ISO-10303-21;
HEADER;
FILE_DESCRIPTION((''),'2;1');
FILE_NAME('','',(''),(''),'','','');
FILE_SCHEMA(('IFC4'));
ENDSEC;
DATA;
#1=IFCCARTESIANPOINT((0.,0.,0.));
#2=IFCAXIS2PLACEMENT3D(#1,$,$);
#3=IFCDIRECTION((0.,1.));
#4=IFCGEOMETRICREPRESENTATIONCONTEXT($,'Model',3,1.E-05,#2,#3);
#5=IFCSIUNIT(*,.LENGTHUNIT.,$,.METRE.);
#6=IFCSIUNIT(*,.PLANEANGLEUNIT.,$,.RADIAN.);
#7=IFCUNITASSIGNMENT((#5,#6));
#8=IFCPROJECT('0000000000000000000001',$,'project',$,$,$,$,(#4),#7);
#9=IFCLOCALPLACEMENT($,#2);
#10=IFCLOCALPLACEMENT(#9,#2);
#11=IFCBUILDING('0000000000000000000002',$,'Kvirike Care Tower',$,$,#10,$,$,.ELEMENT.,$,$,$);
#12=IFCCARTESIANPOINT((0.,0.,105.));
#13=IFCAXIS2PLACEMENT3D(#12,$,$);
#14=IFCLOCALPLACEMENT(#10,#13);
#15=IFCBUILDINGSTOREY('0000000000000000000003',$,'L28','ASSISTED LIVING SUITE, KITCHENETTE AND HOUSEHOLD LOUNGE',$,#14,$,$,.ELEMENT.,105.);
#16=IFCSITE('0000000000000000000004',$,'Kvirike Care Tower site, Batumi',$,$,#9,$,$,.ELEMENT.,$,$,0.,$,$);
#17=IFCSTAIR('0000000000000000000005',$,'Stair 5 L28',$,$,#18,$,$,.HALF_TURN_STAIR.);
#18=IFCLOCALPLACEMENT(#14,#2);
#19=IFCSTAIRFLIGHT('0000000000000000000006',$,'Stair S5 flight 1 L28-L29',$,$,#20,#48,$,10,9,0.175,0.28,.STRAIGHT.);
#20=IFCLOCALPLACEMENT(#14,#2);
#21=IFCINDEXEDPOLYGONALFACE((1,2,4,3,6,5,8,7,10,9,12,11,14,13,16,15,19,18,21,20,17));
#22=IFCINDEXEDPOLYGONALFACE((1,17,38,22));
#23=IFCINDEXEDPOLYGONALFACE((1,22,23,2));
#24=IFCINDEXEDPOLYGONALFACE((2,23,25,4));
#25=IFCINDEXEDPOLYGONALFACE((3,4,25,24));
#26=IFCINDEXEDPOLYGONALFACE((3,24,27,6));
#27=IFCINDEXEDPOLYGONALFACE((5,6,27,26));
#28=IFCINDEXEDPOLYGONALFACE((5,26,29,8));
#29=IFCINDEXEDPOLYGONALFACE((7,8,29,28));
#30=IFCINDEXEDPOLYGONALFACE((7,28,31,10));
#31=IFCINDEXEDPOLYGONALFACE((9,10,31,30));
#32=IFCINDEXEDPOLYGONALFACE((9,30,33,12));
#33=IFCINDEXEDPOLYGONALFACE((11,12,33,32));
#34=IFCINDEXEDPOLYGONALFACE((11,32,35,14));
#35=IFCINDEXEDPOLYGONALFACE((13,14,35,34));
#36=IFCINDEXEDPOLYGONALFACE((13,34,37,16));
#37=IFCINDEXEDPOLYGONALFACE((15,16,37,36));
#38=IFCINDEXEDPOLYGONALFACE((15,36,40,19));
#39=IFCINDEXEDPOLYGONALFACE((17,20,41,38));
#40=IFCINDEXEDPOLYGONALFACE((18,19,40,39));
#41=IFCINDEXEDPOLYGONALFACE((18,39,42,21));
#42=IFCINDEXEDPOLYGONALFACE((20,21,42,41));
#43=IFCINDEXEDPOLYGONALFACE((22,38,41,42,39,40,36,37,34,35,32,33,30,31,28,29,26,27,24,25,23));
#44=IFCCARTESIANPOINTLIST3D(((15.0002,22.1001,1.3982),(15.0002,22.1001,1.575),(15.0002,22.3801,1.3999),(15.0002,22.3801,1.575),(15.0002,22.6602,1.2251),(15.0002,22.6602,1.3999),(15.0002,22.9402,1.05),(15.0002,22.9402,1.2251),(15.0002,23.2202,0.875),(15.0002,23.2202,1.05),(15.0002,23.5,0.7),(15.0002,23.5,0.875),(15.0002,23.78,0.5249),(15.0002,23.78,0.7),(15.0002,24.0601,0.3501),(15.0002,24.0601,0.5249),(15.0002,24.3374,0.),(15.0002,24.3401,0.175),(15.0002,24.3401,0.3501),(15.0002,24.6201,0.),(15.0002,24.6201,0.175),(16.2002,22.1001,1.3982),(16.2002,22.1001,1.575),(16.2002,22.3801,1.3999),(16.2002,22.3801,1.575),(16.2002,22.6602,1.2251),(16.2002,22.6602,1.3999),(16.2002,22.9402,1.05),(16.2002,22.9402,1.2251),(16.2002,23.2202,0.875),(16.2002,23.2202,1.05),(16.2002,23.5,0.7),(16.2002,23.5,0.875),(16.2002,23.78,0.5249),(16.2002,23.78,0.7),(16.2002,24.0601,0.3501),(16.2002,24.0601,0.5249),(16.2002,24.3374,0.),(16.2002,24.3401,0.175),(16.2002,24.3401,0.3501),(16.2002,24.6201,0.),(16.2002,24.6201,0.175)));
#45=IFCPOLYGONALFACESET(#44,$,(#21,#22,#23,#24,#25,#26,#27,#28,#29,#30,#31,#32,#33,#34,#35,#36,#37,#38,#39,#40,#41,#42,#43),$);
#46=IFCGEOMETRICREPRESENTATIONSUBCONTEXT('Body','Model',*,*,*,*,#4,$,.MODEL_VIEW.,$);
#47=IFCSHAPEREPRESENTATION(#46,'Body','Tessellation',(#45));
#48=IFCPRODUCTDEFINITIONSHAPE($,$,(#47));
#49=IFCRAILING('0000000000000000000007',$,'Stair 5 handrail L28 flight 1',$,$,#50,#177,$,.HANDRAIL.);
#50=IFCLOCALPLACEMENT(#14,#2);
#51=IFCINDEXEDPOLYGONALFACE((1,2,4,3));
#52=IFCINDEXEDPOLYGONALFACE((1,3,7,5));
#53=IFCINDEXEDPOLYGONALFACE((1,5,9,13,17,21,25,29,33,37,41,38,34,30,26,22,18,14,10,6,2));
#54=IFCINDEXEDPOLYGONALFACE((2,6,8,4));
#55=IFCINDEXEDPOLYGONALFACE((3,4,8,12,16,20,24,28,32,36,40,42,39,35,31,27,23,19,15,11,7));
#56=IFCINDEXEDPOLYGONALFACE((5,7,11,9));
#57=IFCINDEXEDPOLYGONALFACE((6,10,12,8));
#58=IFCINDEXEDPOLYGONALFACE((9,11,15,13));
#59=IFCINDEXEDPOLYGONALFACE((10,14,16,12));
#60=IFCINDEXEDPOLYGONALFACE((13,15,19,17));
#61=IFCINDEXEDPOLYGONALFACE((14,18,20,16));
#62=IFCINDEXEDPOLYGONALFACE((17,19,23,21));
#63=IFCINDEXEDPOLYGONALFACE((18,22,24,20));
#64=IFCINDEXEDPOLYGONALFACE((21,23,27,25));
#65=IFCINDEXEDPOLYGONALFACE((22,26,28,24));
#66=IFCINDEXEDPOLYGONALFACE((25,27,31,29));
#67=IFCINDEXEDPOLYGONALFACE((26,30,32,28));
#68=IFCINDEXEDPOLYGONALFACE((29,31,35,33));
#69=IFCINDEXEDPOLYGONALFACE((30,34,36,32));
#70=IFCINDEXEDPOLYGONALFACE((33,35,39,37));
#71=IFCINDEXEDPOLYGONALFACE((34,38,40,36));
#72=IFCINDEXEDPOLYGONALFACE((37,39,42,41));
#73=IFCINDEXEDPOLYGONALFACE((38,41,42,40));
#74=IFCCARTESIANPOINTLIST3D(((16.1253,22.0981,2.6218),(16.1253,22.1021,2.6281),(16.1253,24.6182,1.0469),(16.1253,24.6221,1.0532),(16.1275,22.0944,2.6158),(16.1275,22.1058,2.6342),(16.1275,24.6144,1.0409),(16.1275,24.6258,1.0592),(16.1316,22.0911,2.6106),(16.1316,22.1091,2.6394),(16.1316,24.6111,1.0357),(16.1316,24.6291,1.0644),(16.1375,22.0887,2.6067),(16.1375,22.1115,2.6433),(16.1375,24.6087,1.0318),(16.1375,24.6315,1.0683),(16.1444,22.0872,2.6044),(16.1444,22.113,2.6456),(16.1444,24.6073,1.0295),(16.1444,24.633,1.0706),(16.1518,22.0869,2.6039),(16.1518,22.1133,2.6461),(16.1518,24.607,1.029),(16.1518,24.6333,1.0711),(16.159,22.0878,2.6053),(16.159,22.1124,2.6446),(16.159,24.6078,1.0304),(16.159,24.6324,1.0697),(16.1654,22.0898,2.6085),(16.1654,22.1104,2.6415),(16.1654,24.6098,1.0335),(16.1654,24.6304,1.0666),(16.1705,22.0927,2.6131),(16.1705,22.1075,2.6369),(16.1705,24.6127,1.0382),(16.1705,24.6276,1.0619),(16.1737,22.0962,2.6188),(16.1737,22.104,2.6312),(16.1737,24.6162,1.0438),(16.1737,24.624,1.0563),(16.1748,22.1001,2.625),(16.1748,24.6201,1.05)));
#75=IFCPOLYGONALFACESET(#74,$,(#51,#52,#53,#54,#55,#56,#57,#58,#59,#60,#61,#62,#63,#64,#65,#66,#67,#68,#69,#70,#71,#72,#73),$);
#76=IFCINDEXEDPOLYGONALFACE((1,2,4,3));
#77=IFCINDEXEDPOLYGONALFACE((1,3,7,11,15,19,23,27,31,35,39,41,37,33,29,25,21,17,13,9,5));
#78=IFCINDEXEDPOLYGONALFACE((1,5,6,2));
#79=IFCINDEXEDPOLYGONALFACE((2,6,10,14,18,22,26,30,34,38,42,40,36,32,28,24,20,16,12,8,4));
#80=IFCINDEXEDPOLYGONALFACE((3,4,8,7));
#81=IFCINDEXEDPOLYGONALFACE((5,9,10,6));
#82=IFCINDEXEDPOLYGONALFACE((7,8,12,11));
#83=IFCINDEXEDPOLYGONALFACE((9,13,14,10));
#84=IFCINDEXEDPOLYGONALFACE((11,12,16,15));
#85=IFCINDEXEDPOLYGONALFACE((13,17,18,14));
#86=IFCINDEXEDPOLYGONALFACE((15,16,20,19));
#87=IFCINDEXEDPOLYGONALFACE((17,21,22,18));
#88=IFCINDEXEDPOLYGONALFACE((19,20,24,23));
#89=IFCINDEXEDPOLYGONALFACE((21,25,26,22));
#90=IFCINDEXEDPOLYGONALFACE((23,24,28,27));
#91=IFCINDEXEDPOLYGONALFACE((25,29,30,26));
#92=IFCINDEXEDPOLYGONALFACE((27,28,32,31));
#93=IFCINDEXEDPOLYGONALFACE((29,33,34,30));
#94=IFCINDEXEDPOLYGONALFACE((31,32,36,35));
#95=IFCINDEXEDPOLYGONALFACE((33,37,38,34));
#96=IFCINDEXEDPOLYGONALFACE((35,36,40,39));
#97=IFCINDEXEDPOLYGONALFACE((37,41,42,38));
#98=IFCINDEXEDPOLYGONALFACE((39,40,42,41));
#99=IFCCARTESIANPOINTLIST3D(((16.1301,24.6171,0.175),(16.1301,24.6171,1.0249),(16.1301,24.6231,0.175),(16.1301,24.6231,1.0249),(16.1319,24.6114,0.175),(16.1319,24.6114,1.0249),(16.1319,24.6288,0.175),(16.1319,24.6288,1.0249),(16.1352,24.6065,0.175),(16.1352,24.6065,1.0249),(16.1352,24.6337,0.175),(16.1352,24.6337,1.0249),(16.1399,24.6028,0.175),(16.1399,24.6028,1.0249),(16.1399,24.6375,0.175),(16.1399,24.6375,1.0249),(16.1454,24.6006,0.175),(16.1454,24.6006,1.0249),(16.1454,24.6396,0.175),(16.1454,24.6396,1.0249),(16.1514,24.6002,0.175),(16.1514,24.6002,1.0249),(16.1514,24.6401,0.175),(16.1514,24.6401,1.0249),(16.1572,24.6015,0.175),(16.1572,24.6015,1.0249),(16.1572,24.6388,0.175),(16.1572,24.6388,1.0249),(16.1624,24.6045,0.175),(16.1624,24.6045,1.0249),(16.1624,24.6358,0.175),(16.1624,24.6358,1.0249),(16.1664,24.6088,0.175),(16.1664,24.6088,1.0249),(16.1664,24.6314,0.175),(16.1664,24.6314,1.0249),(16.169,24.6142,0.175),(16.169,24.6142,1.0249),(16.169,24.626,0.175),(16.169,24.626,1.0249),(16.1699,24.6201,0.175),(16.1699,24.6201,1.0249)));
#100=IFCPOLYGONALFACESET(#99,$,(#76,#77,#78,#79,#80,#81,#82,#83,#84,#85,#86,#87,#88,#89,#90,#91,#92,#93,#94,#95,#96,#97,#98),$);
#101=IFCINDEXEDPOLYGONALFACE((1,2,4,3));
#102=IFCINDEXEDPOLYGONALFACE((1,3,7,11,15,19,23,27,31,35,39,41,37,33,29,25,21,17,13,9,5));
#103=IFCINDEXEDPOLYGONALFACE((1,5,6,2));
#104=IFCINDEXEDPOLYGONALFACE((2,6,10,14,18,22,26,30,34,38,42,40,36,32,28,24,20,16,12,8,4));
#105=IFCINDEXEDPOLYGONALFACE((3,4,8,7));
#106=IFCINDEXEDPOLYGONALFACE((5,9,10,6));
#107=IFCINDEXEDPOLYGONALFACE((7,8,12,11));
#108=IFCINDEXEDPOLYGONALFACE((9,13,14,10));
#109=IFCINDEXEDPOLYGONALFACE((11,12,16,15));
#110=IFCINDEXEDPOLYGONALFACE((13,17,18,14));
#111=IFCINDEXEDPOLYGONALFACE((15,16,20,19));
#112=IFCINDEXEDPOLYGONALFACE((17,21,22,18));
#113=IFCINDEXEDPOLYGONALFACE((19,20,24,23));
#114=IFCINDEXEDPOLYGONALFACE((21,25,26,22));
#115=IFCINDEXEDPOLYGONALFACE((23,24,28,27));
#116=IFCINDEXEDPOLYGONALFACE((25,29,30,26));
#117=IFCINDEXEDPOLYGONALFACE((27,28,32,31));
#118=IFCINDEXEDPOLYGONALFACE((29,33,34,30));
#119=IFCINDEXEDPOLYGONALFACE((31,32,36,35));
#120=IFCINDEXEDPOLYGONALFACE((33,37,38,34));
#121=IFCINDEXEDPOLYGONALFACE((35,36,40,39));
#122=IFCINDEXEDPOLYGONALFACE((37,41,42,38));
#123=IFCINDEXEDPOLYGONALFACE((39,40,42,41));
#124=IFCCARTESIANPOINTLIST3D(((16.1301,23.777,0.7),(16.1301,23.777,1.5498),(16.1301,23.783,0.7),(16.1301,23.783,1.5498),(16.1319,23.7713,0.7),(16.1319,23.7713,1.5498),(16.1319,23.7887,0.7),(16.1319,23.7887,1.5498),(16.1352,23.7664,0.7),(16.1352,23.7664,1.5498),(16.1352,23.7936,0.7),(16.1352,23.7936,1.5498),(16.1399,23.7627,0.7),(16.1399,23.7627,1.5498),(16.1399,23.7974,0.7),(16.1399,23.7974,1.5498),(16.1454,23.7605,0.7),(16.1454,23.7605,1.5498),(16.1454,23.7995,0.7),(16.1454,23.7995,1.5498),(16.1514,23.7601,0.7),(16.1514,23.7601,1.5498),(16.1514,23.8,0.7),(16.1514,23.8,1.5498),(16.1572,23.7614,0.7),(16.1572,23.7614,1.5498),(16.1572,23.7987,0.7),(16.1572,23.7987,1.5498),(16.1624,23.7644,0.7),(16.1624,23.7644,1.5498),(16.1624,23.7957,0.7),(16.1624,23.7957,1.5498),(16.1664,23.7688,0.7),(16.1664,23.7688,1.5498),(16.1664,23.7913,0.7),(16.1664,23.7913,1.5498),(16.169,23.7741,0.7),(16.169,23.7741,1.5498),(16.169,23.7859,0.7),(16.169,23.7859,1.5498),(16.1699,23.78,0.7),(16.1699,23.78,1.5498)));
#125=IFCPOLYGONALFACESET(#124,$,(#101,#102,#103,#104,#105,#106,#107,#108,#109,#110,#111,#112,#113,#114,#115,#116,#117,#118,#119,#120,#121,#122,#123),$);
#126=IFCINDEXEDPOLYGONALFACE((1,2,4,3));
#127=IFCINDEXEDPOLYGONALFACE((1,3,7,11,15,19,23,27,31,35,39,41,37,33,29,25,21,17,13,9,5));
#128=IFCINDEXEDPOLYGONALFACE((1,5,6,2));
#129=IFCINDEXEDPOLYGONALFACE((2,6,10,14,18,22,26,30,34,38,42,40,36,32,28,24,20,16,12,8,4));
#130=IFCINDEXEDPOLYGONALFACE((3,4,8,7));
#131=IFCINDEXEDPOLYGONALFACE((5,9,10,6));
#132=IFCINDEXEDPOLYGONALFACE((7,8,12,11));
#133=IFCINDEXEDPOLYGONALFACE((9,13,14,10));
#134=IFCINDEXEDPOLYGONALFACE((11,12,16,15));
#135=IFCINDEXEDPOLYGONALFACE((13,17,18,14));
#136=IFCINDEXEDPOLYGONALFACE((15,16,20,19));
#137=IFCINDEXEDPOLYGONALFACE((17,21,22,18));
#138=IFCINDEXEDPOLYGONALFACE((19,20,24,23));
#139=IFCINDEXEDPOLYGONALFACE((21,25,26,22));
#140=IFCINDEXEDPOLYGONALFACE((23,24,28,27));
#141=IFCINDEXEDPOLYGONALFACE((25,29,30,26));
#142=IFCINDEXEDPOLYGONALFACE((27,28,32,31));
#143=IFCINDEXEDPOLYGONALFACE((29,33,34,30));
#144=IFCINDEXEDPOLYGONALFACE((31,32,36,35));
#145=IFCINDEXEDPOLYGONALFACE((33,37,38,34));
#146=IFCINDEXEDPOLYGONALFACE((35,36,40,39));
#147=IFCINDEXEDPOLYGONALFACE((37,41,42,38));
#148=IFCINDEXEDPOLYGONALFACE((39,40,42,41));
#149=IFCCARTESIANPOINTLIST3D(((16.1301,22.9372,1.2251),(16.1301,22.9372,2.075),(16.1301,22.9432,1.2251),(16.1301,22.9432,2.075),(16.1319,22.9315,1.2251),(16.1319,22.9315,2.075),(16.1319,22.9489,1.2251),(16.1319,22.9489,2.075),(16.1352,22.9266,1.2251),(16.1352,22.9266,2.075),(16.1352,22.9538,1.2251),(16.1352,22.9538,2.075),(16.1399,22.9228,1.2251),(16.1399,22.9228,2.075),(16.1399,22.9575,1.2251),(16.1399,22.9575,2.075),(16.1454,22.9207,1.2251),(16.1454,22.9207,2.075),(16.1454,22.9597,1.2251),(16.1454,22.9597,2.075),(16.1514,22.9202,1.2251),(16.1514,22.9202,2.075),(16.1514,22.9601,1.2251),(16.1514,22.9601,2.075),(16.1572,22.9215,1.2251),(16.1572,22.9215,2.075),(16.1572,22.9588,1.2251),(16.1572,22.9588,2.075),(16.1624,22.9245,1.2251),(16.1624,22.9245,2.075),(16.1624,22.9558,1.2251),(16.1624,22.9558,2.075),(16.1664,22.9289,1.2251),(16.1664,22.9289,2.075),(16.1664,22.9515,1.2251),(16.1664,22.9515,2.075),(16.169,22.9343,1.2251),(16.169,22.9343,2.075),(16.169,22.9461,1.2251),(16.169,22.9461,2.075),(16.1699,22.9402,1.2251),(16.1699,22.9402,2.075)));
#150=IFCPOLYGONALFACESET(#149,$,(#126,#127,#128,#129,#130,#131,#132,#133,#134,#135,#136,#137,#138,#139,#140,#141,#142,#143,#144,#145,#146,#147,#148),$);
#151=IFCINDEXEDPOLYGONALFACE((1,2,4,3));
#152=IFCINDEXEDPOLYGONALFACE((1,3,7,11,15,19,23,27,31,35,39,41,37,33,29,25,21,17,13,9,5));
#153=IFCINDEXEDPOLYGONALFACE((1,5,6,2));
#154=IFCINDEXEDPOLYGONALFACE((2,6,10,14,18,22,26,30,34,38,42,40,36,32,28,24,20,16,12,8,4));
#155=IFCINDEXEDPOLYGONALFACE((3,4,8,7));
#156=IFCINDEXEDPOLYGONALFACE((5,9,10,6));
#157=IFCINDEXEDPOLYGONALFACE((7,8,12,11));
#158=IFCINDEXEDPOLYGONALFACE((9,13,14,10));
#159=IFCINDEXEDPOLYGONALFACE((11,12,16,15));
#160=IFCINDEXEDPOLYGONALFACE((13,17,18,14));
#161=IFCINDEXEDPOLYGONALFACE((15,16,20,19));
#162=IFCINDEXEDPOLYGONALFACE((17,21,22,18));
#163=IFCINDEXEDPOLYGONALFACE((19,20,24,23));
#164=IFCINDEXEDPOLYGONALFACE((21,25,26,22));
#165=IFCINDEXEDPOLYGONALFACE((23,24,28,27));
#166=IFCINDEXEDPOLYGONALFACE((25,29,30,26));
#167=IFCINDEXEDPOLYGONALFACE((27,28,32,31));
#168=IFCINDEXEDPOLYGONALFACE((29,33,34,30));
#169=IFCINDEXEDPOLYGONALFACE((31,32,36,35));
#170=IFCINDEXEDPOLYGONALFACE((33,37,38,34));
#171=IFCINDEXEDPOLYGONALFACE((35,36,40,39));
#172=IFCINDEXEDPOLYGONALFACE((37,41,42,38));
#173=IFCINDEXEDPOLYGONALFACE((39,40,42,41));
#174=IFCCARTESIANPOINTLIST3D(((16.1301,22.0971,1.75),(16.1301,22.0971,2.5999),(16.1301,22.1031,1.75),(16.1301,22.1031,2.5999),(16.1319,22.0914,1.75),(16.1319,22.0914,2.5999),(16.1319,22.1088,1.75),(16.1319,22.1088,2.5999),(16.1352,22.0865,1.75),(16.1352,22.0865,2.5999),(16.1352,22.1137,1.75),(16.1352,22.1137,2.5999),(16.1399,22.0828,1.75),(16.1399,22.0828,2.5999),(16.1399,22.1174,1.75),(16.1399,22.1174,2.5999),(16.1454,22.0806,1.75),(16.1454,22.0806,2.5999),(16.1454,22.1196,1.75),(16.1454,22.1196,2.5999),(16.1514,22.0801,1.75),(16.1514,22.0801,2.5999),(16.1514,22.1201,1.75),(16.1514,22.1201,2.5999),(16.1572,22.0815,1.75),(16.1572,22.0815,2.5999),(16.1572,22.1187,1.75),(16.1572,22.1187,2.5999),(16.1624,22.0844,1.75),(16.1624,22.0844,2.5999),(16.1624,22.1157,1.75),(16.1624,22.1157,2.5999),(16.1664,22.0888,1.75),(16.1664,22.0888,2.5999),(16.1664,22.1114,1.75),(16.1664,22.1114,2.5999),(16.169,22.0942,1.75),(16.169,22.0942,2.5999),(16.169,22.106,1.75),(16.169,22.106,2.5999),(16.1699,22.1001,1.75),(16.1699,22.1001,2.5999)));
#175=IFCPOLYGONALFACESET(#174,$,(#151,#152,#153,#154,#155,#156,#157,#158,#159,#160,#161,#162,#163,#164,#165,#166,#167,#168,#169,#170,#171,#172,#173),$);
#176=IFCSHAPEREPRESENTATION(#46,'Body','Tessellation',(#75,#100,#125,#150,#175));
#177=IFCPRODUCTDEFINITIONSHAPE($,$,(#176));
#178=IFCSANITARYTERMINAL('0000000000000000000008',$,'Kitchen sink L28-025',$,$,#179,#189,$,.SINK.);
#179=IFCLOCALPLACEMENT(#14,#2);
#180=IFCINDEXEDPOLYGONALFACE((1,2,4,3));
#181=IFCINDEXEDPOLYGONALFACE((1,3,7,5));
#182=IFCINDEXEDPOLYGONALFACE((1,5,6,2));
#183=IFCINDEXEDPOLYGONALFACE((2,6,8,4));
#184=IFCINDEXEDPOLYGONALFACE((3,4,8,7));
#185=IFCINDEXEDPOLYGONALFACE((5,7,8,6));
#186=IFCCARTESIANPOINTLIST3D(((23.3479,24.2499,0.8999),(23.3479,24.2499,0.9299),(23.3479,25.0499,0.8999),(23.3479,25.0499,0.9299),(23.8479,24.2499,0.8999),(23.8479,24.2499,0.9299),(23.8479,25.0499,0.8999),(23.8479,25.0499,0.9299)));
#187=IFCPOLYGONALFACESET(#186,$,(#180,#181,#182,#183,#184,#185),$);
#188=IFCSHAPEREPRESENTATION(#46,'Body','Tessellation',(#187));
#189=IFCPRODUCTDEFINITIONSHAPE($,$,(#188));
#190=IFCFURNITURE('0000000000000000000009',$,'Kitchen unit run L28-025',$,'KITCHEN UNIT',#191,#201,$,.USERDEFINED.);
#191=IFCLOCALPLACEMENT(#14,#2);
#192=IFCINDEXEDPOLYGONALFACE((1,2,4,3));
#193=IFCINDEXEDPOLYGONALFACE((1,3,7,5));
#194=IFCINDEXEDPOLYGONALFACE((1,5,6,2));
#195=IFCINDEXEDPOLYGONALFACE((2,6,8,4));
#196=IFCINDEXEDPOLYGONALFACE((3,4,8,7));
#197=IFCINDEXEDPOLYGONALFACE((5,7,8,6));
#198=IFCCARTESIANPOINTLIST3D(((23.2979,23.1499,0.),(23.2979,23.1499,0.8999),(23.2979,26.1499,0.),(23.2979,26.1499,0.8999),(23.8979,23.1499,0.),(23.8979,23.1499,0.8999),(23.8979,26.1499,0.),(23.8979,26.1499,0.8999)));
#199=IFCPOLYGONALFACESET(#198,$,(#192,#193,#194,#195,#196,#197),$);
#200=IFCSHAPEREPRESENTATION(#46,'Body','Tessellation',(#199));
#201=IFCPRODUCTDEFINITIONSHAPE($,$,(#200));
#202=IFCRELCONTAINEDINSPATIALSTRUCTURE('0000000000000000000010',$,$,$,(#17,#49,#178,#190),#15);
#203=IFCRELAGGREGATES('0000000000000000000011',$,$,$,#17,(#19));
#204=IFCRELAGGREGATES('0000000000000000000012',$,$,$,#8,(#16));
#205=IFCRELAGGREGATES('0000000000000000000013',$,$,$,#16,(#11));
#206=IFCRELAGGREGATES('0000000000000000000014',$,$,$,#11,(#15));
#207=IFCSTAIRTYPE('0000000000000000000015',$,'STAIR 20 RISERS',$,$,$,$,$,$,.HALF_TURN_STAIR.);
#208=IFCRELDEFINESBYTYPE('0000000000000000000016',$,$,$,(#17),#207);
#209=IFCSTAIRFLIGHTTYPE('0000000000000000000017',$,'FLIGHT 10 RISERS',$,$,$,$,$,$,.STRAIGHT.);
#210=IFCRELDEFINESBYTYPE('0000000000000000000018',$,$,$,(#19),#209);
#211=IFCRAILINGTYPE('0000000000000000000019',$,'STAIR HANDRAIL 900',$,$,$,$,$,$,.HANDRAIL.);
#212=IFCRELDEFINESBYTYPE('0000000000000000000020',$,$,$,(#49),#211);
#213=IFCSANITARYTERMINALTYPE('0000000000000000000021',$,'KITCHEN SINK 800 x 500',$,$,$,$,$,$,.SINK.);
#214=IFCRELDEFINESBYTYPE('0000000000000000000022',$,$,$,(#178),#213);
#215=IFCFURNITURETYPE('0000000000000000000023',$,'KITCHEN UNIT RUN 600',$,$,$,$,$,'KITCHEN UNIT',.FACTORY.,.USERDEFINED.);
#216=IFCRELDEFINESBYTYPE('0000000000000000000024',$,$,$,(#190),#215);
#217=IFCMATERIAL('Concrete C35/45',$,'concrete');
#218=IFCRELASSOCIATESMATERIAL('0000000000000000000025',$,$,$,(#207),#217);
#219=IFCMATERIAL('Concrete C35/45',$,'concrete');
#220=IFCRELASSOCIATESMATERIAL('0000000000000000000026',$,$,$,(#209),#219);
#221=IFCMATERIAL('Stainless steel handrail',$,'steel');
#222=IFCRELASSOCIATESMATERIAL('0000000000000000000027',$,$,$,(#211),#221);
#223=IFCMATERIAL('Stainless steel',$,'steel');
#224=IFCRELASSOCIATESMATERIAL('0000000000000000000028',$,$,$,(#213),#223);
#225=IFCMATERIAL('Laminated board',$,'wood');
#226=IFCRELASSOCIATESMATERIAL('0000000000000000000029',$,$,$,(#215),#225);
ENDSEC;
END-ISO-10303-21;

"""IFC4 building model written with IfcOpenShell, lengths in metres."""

from ifc_helpers import new_model, si_unit, direction, frame, origin, origin_2d, place, context, subcontext, project, spatial, polyline, rectangle, circle, outline, extrude, material, type_object, element, aggregate, save


model = new_model("IFC4")

# Units and contexts
model_context = context("Model", 3, precision=1e-05, world=origin(), true_north=direction((0.0, 1.0)))
body_context = subcontext(model_context, "Body", "Model", "MODEL_VIEW")
ifc_project = project(units=[si_unit("LENGTHUNIT", "METRE"), si_unit("PLANEANGLEUNIT", "RADIAN")], contexts=[model_context])

# Site, building, storey
site_placement = place(None, origin())
site = spatial("IfcSite", under=ifc_project, at=site_placement, Name="Kvirike Care Tower site, Batumi", CompositionType="ELEMENT", RefElevation=0.0)
building_placement = place(site_placement, origin())
building = spatial("IfcBuilding", under=site, at=building_placement, Name="Kvirike Care Tower", CompositionType="ELEMENT")
storey_placement = place(building_placement, frame((0.0, 0.0, 105.0)))
storey = spatial("IfcBuildingStorey", under=building, at=storey_placement, Name="L28", Description="ASSISTED LIVING SUITE, KITCHENETTE AND HOUSEHOLD LOUNGE", CompositionType="ELEMENT", Elevation=105.0)

# Stair, stair flight
ifc_material_1 = material(Name="Concrete C35/45", Category="concrete")
stair_type = type_object("IfcStairType", Name="STAIR 20 RISERS", PredefinedType="HALF_TURN_STAIR", material=ifc_material_1)
stair_placement = place(storey_placement, origin())
stair = element("IfcStair", 1, at=stair_placement, inside=storey, type_object=stair_type, Name="Stair 5 L28", PredefinedType="HALF_TURN_STAIR")
ifc_material_2 = material(Name="Concrete C35/45", Category="concrete")
stair_flight_type = type_object("IfcStairFlightType", Name="FLIGHT 10 RISERS", PredefinedType="STRAIGHT", material=ifc_material_2)
stair_flight_placement = place(storey_placement, frame((15.6001, 24.6201, 0.0), z_axis=(0.0, 0.0, 1.0), x_axis=(0.0, -1.0, 0.0)))
stair_flight = element("IfcStairFlight", 2, at=stair_flight_placement, type_object=stair_flight_type, Name="Stair S5 flight 1 L28-L29", NumberOfRisers=10, NumberOfTreads=9, PredefinedType="STRAIGHT", RiserHeight=0.175, TreadLength=0.28, context=body_context, shape_type="SweptSolid", body=[
    extrude(outline(polyline([(0.0, 0.0), (0.0, 0.175), (0.28, 0.175), (0.28, 0.3501), (0.5601, 0.3501), (0.5601, 0.5249), (0.8401, 0.5249), (0.8401, 0.7), (1.1201, 0.7), (1.1201, 0.875), (1.3999, 0.875), (1.3999, 1.05), (1.6799, 1.05), (1.6799, 1.2251), (1.96, 1.2251), (1.96, 1.3999), (2.24, 1.3999), (2.24, 1.575), (2.52, 1.575), (2.52, 1.75), (2.52, 1.3982), (0.2827, 0.0), (0.0, 0.0)])), frame((0.0, 0.6001, 0.0), z_axis=(0.0, -1.0, 0.0), x_axis=(1.0, 0.0, 0.0)), (0.0, 0.0, 1.0), 1.2),
])
aggregate(stair, [stair_flight])

# Railing
ifc_material_3 = material(Name="Stainless steel handrail", Category="steel")
railing_type = type_object("IfcRailingType", Name="STAIR HANDRAIL 900", PredefinedType="HANDRAIL", material=ifc_material_3)
railing_placement = place(storey_placement, frame((16.1499, 24.6201, 0.175)))
element("IfcRailing", 3, at=railing_placement, inside=storey, type_object=railing_type, Name="Stair 5 handrail L28 flight 1", PredefinedType="HANDRAIL", context=body_context, shape_type="SweptSolid", body=[
    extrude(circle(Radius=0.0249, at=origin_2d()), frame((0.0, 0.0, 0.875), z_axis=(0.0, -0.848008, 0.529984), x_axis=(1.0, 0.0, 0.0)), (0.0, 0.0, 1.0), 2.9717),
    extrude(circle(Radius=0.02, at=origin_2d()), origin(), (0.0, 0.0, 1.0), 0.8499),
    extrude(circle(Radius=0.02, at=origin_2d()), frame((0.0, -0.8401, 0.5249)), (0.0, 0.0, 1.0), 0.8499),
    extrude(circle(Radius=0.02, at=origin_2d()), frame((0.0, -1.6799, 1.05)), (0.0, 0.0, 1.0), 0.8499),
    extrude(circle(Radius=0.02, at=origin_2d()), frame((0.0, -2.52, 1.575)), (0.0, 0.0, 1.0), 0.8499),
])

# Sanitary terminal
ifc_material_4 = material(Name="Stainless steel", Category="steel")
sanitary_terminal_type = type_object("IfcSanitaryTerminalType", Name="KITCHEN SINK 800 x 500", PredefinedType="SINK", material=ifc_material_4)
sanitary_terminal_placement = place(storey_placement, frame((23.5979, 24.6499, 0.8999), z_axis=(0.0, 0.0, 1.0), x_axis=(0.0, -1.0, 0.0)))
element("IfcSanitaryTerminal", 4, at=sanitary_terminal_placement, inside=storey, type_object=sanitary_terminal_type, Name="Kitchen sink L28-025", PredefinedType="SINK", context=body_context, shape_type="SweptSolid", body=[
    extrude(rectangle(XDim=0.8, YDim=0.5, at=origin_2d()), origin(), (0.0, 0.0, 1.0), 0.03),
])

# Furniture
ifc_material_5 = material(Name="Laminated board", Category="wood")
furniture_type = type_object("IfcFurnitureType", Name="KITCHEN UNIT RUN 600", ElementType="KITCHEN UNIT", AssemblyPlace="FACTORY", PredefinedType="USERDEFINED", material=ifc_material_5)
furniture_placement = place(storey_placement, frame((23.5979, 24.6499, 0.0), z_axis=(0.0, 0.0, 1.0), x_axis=(0.0, -1.0, 0.0)))
element("IfcFurniture", 5, at=furniture_placement, inside=storey, type_object=furniture_type, Name="Kitchen unit run L28-025", ObjectType="KITCHEN UNIT", PredefinedType="USERDEFINED", context=body_context, shape_type="SweptSolid", body=[
    extrude(rectangle(XDim=3.0, YDim=0.6001, at=origin_2d()), origin(), (0.0, 0.0, 1.0), 0.8999),
])

save(model, "model.ifc")
